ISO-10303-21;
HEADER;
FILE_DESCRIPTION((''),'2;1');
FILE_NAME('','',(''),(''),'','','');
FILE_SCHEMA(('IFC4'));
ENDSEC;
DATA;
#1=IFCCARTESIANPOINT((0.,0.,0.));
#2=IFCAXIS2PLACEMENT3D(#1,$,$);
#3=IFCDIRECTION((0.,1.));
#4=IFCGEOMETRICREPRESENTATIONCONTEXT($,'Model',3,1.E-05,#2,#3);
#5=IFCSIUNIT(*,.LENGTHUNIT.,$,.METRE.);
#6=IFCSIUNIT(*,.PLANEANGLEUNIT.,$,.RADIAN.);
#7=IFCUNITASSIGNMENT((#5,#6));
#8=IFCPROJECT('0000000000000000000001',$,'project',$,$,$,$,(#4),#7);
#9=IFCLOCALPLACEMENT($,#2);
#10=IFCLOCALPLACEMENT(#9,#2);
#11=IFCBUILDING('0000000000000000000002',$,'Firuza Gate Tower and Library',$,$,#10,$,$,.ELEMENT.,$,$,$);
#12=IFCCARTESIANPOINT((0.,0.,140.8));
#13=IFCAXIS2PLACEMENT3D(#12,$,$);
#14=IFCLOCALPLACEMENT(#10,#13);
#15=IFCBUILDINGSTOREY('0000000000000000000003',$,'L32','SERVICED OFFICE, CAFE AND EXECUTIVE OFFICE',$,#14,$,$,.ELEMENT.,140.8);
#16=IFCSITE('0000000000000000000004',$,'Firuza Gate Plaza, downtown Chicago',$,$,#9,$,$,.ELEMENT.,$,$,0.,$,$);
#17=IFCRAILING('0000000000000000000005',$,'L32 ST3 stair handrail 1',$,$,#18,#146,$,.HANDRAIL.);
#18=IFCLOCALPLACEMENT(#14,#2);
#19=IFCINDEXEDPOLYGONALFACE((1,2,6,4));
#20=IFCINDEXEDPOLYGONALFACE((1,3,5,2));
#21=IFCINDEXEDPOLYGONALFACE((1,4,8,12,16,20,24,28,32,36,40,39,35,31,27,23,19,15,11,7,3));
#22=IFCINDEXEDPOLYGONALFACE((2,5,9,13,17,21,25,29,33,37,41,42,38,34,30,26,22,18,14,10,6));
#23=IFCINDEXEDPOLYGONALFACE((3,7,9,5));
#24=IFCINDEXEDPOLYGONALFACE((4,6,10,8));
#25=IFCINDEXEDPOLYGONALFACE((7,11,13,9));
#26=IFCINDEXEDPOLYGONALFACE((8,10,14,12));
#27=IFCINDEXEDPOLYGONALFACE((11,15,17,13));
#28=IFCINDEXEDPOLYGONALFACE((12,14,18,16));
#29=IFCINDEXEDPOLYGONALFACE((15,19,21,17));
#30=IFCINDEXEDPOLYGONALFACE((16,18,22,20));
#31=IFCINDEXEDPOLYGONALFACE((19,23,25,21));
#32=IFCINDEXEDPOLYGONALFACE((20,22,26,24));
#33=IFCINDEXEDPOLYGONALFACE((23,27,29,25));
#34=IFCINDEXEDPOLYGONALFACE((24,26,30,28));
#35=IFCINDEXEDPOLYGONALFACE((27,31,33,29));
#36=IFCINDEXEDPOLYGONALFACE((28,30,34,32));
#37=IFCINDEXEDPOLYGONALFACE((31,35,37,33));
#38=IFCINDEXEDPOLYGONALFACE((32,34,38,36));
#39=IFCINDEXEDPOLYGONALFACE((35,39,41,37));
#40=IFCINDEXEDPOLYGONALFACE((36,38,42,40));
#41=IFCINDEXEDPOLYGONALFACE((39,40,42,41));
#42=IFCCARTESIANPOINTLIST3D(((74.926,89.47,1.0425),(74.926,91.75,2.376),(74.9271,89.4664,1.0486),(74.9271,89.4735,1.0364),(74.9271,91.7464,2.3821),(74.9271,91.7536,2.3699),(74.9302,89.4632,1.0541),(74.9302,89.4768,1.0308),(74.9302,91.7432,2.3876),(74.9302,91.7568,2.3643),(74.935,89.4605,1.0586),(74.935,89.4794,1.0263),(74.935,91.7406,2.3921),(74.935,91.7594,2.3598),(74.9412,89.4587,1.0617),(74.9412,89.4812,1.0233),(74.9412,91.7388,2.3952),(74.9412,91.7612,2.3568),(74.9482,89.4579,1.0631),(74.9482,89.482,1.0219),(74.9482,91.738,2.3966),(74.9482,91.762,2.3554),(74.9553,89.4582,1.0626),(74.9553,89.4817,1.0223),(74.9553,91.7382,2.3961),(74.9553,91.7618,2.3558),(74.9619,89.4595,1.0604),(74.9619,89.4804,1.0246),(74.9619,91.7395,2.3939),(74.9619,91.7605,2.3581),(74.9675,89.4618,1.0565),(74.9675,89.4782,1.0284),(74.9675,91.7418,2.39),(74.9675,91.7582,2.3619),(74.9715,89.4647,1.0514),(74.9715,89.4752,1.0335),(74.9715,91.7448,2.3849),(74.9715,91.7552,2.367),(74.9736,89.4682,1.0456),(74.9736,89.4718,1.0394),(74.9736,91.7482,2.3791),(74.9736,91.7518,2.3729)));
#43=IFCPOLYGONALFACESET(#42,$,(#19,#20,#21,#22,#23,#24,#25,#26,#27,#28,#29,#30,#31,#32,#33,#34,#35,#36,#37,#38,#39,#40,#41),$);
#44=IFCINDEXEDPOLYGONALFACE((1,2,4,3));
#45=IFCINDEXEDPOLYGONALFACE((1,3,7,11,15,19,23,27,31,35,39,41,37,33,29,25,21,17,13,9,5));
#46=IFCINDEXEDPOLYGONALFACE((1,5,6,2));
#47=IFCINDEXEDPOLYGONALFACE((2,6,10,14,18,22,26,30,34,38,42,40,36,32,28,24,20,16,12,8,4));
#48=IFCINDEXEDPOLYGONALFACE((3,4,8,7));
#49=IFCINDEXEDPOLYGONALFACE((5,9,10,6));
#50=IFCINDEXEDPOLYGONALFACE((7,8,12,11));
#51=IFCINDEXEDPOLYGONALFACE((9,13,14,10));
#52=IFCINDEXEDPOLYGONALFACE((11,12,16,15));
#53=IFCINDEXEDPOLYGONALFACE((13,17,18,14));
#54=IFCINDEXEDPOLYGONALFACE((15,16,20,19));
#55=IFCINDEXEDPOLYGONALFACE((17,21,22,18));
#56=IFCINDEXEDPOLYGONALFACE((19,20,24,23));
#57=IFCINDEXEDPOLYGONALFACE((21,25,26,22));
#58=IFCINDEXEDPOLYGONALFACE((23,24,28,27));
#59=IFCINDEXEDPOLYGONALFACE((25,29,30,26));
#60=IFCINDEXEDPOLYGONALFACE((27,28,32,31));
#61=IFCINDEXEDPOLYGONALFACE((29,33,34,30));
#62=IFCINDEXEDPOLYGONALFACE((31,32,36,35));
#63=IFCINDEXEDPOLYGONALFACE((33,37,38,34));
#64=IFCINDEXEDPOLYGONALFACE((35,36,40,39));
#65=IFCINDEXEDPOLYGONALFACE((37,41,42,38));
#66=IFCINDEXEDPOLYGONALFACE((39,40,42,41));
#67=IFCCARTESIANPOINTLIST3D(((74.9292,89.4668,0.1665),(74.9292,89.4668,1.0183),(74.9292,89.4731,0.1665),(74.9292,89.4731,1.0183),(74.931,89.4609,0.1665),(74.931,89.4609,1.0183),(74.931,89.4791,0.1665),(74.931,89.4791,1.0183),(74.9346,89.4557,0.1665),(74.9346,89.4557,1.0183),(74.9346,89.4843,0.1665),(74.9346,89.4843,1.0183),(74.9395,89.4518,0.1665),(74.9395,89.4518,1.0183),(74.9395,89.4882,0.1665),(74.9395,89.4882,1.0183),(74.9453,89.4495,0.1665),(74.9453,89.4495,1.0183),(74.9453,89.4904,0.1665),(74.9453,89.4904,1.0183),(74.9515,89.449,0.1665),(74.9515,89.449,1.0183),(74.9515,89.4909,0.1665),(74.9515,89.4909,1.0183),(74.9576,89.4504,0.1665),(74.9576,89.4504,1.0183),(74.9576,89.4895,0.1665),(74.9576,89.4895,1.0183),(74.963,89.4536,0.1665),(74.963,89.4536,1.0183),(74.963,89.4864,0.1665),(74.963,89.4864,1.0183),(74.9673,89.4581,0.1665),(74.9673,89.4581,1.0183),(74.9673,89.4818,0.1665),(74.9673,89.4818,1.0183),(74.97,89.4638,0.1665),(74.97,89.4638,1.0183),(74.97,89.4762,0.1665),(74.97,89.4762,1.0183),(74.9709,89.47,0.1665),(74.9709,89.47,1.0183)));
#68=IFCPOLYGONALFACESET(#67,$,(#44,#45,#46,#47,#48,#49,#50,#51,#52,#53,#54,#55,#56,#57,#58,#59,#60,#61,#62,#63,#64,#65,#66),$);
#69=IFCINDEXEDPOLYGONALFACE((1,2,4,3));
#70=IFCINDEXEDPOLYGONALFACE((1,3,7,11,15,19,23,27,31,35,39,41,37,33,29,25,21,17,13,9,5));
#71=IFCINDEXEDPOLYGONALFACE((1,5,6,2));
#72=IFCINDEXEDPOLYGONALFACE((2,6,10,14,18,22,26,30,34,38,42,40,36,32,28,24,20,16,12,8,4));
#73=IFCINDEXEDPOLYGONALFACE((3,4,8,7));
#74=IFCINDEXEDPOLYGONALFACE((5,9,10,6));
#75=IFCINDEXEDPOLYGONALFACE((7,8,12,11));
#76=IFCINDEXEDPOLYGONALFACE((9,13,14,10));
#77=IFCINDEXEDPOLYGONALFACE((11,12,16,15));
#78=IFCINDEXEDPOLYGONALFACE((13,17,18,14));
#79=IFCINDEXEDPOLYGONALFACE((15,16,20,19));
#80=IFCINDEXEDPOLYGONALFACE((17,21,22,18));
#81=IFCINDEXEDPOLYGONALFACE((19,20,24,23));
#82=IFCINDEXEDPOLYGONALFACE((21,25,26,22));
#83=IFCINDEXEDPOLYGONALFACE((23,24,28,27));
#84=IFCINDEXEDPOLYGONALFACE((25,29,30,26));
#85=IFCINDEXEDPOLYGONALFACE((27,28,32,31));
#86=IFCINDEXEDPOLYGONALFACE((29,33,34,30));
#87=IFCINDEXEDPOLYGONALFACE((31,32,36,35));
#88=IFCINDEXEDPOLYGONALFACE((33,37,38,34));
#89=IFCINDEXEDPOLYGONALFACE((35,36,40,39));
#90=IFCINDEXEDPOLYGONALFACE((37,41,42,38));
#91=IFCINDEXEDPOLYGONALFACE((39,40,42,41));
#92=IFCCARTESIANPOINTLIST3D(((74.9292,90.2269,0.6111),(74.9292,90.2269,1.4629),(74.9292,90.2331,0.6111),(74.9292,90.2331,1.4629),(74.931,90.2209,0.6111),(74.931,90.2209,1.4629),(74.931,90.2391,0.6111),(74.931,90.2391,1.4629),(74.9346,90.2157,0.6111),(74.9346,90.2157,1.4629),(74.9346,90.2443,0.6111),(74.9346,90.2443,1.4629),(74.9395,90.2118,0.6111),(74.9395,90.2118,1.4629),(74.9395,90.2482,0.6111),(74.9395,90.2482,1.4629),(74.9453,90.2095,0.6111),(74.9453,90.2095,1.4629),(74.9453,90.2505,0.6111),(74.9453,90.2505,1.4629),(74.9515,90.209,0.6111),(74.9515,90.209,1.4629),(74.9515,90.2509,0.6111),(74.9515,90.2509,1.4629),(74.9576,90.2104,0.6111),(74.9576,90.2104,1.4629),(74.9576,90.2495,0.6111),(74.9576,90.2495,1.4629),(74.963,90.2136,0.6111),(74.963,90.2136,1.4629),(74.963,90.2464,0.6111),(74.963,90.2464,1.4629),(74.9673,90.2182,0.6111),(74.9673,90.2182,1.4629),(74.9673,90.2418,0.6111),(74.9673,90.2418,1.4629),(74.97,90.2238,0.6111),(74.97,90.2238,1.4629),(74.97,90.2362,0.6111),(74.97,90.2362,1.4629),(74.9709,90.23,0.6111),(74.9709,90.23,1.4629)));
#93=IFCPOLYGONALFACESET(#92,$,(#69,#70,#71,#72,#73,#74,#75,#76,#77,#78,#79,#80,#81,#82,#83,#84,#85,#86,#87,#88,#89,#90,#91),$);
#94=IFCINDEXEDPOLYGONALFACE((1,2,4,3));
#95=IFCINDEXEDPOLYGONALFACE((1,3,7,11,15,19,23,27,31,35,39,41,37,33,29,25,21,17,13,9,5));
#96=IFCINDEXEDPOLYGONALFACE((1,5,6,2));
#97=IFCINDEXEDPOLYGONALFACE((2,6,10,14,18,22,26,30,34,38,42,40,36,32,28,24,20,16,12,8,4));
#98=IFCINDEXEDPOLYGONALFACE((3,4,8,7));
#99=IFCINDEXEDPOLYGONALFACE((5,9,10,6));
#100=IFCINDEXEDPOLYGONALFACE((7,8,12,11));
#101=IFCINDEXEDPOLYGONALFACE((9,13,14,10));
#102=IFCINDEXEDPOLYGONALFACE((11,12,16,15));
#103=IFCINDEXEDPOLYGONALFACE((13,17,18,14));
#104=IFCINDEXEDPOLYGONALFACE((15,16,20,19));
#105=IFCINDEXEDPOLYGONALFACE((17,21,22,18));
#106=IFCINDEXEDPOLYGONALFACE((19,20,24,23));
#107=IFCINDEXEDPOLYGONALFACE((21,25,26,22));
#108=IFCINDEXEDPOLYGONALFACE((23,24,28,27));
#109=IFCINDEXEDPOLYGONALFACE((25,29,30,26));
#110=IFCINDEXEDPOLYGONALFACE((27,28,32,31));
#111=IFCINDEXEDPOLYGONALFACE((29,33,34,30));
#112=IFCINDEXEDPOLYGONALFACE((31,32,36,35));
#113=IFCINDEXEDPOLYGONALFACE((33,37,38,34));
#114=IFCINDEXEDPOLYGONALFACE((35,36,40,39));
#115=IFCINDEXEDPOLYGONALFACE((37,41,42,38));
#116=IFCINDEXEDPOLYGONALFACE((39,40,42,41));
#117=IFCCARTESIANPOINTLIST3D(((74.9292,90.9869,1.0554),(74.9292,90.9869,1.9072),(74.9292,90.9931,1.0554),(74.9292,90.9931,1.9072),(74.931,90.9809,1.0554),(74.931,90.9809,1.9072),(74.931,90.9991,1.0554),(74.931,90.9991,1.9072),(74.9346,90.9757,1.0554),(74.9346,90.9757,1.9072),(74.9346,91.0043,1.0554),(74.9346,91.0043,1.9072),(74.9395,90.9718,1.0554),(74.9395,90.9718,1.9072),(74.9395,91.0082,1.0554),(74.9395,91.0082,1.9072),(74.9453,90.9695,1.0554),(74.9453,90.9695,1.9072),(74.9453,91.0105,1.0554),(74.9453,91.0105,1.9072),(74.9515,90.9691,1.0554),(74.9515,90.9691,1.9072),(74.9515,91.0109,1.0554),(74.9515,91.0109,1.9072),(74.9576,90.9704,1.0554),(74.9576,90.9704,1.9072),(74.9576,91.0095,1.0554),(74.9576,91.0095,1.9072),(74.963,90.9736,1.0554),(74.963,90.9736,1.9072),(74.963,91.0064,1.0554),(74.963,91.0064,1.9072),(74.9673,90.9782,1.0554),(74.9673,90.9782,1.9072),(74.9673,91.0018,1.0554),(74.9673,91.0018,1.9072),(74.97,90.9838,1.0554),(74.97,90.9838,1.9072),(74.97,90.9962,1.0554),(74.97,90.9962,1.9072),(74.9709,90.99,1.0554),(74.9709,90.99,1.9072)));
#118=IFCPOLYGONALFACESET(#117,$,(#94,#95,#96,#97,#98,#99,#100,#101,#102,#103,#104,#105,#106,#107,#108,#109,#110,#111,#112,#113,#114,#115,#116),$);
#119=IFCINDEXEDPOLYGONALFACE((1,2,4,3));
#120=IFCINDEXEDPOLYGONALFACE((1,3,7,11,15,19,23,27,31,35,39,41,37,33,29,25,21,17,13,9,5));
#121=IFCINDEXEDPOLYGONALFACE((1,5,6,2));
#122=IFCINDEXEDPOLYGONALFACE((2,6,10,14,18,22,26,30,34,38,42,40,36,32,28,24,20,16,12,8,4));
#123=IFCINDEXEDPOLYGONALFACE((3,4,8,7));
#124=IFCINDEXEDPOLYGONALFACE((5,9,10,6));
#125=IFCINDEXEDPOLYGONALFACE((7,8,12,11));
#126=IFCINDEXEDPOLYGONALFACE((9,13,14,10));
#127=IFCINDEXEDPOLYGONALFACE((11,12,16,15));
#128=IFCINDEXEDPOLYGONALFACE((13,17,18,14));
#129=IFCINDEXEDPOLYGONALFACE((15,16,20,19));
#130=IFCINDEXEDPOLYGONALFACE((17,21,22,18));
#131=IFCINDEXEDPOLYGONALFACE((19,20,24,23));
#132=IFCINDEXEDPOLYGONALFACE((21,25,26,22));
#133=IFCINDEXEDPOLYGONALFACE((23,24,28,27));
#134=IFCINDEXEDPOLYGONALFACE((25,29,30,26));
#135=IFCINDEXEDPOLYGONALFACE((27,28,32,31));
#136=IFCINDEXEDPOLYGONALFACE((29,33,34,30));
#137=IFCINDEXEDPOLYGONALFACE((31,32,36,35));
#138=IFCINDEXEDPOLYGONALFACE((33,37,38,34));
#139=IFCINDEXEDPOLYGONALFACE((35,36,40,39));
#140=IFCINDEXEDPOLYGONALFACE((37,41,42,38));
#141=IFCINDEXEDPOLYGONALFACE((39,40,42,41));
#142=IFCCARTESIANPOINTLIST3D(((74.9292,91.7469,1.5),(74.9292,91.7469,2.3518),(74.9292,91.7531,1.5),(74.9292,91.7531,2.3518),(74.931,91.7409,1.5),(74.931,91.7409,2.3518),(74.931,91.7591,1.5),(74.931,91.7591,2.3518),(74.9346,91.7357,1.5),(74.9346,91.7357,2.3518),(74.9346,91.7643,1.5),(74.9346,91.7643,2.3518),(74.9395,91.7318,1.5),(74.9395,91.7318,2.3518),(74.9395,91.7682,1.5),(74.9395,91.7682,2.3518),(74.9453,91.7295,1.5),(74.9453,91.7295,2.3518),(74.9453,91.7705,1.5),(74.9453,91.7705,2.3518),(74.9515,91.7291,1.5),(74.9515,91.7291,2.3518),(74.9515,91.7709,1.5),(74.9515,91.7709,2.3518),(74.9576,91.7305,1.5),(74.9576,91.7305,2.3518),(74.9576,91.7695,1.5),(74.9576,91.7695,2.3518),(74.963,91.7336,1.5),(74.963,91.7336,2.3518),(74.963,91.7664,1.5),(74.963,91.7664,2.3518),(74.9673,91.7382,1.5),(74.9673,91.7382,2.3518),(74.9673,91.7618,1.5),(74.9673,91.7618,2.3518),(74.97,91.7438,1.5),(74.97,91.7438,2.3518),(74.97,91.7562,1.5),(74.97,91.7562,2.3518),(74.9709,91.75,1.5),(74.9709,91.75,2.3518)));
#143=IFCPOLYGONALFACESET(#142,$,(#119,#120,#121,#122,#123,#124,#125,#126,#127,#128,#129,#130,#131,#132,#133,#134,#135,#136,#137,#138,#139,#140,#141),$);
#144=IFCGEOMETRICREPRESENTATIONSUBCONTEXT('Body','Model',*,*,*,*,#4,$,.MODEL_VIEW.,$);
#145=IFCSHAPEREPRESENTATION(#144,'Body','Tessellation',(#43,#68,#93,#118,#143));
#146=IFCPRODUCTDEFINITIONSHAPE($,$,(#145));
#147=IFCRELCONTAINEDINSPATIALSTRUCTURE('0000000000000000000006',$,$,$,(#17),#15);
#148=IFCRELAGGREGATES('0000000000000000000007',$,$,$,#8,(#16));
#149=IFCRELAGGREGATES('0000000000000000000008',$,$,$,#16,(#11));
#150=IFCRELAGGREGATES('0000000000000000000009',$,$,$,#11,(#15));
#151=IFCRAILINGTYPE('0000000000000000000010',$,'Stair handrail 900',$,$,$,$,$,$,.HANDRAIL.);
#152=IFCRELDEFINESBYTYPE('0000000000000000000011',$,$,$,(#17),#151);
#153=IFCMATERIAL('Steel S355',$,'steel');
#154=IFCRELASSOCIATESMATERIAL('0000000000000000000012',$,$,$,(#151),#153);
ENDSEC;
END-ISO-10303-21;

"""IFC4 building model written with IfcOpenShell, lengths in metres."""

from ifc_helpers import new_model, si_unit, direction, frame, origin, origin_2d, place, context, subcontext, project, spatial, circle, extrude, material, type_object, element, save


model = new_model("IFC4")

# Units and contexts
model_context = context("Model", 3, precision=1e-05, world=origin(), true_north=direction((0.0, 1.0)))
body_context = subcontext(model_context, "Body", "Model", "MODEL_VIEW")
ifc_project = project(units=[si_unit("LENGTHUNIT", "METRE"), si_unit("PLANEANGLEUNIT", "RADIAN")], contexts=[model_context])

# Site, building, storey
site_placement = place(None, origin())
site = spatial("IfcSite", under=ifc_project, at=site_placement, Name="Firuza Gate Plaza, downtown Chicago", CompositionType="ELEMENT", RefElevation=0.0)
building_placement = place(site_placement, origin())
building = spatial("IfcBuilding", under=site, at=building_placement, Name="Firuza Gate Tower and Library", CompositionType="ELEMENT")
storey_placement = place(building_placement, frame((0.0, 0.0, 140.8)))
storey = spatial("IfcBuildingStorey", under=building, at=storey_placement, Name="L32", Description="SERVICED OFFICE, CAFE AND EXECUTIVE OFFICE", CompositionType="ELEMENT", Elevation=140.8)

# Railing
ifc_material_1 = material(Name="Steel S355", Category="steel")
railing_type = type_object("IfcRailingType", Name="Stair handrail 900", PredefinedType="HANDRAIL", material=ifc_material_1)
for number, where, name in (
    (1, (74.95, 89.47, 0.1665), "L32 ST3 stair handrail 1"),
):
    element("IfcRailing", number, at=place(storey_placement, frame(where)), inside=storey, type_object=railing_type, Name=name, PredefinedType="HANDRAIL", context=body_context, shape_type="SweptSolid", body=[
        extrude(circle(Radius=0.0239, at=origin_2d()), frame((0.0, 0.0, 0.876), z_axis=(0.0, 0.863205, 0.504853), x_axis=(-1.0, 0.0, 0.0)), (0.0, 0.0, 1.0), 2.6414),
        extrude(circle(Radius=0.021, at=origin_2d()), origin(), (0.0, 0.0, 1.0), 0.8518),
        extrude(circle(Radius=0.021, at=origin_2d()), frame((0.0, 0.76, 0.4446)), (0.0, 0.0, 1.0), 0.8518),
        extrude(circle(Radius=0.021, at=origin_2d()), frame((0.0, 1.52, 0.8889)), (0.0, 0.0, 1.0), 0.8518),
        extrude(circle(Radius=0.021, at=origin_2d()), frame((0.0, 2.28, 1.3335)), (0.0, 0.0, 1.0), 0.8518),
    ])

save(model, "model.ifc")
